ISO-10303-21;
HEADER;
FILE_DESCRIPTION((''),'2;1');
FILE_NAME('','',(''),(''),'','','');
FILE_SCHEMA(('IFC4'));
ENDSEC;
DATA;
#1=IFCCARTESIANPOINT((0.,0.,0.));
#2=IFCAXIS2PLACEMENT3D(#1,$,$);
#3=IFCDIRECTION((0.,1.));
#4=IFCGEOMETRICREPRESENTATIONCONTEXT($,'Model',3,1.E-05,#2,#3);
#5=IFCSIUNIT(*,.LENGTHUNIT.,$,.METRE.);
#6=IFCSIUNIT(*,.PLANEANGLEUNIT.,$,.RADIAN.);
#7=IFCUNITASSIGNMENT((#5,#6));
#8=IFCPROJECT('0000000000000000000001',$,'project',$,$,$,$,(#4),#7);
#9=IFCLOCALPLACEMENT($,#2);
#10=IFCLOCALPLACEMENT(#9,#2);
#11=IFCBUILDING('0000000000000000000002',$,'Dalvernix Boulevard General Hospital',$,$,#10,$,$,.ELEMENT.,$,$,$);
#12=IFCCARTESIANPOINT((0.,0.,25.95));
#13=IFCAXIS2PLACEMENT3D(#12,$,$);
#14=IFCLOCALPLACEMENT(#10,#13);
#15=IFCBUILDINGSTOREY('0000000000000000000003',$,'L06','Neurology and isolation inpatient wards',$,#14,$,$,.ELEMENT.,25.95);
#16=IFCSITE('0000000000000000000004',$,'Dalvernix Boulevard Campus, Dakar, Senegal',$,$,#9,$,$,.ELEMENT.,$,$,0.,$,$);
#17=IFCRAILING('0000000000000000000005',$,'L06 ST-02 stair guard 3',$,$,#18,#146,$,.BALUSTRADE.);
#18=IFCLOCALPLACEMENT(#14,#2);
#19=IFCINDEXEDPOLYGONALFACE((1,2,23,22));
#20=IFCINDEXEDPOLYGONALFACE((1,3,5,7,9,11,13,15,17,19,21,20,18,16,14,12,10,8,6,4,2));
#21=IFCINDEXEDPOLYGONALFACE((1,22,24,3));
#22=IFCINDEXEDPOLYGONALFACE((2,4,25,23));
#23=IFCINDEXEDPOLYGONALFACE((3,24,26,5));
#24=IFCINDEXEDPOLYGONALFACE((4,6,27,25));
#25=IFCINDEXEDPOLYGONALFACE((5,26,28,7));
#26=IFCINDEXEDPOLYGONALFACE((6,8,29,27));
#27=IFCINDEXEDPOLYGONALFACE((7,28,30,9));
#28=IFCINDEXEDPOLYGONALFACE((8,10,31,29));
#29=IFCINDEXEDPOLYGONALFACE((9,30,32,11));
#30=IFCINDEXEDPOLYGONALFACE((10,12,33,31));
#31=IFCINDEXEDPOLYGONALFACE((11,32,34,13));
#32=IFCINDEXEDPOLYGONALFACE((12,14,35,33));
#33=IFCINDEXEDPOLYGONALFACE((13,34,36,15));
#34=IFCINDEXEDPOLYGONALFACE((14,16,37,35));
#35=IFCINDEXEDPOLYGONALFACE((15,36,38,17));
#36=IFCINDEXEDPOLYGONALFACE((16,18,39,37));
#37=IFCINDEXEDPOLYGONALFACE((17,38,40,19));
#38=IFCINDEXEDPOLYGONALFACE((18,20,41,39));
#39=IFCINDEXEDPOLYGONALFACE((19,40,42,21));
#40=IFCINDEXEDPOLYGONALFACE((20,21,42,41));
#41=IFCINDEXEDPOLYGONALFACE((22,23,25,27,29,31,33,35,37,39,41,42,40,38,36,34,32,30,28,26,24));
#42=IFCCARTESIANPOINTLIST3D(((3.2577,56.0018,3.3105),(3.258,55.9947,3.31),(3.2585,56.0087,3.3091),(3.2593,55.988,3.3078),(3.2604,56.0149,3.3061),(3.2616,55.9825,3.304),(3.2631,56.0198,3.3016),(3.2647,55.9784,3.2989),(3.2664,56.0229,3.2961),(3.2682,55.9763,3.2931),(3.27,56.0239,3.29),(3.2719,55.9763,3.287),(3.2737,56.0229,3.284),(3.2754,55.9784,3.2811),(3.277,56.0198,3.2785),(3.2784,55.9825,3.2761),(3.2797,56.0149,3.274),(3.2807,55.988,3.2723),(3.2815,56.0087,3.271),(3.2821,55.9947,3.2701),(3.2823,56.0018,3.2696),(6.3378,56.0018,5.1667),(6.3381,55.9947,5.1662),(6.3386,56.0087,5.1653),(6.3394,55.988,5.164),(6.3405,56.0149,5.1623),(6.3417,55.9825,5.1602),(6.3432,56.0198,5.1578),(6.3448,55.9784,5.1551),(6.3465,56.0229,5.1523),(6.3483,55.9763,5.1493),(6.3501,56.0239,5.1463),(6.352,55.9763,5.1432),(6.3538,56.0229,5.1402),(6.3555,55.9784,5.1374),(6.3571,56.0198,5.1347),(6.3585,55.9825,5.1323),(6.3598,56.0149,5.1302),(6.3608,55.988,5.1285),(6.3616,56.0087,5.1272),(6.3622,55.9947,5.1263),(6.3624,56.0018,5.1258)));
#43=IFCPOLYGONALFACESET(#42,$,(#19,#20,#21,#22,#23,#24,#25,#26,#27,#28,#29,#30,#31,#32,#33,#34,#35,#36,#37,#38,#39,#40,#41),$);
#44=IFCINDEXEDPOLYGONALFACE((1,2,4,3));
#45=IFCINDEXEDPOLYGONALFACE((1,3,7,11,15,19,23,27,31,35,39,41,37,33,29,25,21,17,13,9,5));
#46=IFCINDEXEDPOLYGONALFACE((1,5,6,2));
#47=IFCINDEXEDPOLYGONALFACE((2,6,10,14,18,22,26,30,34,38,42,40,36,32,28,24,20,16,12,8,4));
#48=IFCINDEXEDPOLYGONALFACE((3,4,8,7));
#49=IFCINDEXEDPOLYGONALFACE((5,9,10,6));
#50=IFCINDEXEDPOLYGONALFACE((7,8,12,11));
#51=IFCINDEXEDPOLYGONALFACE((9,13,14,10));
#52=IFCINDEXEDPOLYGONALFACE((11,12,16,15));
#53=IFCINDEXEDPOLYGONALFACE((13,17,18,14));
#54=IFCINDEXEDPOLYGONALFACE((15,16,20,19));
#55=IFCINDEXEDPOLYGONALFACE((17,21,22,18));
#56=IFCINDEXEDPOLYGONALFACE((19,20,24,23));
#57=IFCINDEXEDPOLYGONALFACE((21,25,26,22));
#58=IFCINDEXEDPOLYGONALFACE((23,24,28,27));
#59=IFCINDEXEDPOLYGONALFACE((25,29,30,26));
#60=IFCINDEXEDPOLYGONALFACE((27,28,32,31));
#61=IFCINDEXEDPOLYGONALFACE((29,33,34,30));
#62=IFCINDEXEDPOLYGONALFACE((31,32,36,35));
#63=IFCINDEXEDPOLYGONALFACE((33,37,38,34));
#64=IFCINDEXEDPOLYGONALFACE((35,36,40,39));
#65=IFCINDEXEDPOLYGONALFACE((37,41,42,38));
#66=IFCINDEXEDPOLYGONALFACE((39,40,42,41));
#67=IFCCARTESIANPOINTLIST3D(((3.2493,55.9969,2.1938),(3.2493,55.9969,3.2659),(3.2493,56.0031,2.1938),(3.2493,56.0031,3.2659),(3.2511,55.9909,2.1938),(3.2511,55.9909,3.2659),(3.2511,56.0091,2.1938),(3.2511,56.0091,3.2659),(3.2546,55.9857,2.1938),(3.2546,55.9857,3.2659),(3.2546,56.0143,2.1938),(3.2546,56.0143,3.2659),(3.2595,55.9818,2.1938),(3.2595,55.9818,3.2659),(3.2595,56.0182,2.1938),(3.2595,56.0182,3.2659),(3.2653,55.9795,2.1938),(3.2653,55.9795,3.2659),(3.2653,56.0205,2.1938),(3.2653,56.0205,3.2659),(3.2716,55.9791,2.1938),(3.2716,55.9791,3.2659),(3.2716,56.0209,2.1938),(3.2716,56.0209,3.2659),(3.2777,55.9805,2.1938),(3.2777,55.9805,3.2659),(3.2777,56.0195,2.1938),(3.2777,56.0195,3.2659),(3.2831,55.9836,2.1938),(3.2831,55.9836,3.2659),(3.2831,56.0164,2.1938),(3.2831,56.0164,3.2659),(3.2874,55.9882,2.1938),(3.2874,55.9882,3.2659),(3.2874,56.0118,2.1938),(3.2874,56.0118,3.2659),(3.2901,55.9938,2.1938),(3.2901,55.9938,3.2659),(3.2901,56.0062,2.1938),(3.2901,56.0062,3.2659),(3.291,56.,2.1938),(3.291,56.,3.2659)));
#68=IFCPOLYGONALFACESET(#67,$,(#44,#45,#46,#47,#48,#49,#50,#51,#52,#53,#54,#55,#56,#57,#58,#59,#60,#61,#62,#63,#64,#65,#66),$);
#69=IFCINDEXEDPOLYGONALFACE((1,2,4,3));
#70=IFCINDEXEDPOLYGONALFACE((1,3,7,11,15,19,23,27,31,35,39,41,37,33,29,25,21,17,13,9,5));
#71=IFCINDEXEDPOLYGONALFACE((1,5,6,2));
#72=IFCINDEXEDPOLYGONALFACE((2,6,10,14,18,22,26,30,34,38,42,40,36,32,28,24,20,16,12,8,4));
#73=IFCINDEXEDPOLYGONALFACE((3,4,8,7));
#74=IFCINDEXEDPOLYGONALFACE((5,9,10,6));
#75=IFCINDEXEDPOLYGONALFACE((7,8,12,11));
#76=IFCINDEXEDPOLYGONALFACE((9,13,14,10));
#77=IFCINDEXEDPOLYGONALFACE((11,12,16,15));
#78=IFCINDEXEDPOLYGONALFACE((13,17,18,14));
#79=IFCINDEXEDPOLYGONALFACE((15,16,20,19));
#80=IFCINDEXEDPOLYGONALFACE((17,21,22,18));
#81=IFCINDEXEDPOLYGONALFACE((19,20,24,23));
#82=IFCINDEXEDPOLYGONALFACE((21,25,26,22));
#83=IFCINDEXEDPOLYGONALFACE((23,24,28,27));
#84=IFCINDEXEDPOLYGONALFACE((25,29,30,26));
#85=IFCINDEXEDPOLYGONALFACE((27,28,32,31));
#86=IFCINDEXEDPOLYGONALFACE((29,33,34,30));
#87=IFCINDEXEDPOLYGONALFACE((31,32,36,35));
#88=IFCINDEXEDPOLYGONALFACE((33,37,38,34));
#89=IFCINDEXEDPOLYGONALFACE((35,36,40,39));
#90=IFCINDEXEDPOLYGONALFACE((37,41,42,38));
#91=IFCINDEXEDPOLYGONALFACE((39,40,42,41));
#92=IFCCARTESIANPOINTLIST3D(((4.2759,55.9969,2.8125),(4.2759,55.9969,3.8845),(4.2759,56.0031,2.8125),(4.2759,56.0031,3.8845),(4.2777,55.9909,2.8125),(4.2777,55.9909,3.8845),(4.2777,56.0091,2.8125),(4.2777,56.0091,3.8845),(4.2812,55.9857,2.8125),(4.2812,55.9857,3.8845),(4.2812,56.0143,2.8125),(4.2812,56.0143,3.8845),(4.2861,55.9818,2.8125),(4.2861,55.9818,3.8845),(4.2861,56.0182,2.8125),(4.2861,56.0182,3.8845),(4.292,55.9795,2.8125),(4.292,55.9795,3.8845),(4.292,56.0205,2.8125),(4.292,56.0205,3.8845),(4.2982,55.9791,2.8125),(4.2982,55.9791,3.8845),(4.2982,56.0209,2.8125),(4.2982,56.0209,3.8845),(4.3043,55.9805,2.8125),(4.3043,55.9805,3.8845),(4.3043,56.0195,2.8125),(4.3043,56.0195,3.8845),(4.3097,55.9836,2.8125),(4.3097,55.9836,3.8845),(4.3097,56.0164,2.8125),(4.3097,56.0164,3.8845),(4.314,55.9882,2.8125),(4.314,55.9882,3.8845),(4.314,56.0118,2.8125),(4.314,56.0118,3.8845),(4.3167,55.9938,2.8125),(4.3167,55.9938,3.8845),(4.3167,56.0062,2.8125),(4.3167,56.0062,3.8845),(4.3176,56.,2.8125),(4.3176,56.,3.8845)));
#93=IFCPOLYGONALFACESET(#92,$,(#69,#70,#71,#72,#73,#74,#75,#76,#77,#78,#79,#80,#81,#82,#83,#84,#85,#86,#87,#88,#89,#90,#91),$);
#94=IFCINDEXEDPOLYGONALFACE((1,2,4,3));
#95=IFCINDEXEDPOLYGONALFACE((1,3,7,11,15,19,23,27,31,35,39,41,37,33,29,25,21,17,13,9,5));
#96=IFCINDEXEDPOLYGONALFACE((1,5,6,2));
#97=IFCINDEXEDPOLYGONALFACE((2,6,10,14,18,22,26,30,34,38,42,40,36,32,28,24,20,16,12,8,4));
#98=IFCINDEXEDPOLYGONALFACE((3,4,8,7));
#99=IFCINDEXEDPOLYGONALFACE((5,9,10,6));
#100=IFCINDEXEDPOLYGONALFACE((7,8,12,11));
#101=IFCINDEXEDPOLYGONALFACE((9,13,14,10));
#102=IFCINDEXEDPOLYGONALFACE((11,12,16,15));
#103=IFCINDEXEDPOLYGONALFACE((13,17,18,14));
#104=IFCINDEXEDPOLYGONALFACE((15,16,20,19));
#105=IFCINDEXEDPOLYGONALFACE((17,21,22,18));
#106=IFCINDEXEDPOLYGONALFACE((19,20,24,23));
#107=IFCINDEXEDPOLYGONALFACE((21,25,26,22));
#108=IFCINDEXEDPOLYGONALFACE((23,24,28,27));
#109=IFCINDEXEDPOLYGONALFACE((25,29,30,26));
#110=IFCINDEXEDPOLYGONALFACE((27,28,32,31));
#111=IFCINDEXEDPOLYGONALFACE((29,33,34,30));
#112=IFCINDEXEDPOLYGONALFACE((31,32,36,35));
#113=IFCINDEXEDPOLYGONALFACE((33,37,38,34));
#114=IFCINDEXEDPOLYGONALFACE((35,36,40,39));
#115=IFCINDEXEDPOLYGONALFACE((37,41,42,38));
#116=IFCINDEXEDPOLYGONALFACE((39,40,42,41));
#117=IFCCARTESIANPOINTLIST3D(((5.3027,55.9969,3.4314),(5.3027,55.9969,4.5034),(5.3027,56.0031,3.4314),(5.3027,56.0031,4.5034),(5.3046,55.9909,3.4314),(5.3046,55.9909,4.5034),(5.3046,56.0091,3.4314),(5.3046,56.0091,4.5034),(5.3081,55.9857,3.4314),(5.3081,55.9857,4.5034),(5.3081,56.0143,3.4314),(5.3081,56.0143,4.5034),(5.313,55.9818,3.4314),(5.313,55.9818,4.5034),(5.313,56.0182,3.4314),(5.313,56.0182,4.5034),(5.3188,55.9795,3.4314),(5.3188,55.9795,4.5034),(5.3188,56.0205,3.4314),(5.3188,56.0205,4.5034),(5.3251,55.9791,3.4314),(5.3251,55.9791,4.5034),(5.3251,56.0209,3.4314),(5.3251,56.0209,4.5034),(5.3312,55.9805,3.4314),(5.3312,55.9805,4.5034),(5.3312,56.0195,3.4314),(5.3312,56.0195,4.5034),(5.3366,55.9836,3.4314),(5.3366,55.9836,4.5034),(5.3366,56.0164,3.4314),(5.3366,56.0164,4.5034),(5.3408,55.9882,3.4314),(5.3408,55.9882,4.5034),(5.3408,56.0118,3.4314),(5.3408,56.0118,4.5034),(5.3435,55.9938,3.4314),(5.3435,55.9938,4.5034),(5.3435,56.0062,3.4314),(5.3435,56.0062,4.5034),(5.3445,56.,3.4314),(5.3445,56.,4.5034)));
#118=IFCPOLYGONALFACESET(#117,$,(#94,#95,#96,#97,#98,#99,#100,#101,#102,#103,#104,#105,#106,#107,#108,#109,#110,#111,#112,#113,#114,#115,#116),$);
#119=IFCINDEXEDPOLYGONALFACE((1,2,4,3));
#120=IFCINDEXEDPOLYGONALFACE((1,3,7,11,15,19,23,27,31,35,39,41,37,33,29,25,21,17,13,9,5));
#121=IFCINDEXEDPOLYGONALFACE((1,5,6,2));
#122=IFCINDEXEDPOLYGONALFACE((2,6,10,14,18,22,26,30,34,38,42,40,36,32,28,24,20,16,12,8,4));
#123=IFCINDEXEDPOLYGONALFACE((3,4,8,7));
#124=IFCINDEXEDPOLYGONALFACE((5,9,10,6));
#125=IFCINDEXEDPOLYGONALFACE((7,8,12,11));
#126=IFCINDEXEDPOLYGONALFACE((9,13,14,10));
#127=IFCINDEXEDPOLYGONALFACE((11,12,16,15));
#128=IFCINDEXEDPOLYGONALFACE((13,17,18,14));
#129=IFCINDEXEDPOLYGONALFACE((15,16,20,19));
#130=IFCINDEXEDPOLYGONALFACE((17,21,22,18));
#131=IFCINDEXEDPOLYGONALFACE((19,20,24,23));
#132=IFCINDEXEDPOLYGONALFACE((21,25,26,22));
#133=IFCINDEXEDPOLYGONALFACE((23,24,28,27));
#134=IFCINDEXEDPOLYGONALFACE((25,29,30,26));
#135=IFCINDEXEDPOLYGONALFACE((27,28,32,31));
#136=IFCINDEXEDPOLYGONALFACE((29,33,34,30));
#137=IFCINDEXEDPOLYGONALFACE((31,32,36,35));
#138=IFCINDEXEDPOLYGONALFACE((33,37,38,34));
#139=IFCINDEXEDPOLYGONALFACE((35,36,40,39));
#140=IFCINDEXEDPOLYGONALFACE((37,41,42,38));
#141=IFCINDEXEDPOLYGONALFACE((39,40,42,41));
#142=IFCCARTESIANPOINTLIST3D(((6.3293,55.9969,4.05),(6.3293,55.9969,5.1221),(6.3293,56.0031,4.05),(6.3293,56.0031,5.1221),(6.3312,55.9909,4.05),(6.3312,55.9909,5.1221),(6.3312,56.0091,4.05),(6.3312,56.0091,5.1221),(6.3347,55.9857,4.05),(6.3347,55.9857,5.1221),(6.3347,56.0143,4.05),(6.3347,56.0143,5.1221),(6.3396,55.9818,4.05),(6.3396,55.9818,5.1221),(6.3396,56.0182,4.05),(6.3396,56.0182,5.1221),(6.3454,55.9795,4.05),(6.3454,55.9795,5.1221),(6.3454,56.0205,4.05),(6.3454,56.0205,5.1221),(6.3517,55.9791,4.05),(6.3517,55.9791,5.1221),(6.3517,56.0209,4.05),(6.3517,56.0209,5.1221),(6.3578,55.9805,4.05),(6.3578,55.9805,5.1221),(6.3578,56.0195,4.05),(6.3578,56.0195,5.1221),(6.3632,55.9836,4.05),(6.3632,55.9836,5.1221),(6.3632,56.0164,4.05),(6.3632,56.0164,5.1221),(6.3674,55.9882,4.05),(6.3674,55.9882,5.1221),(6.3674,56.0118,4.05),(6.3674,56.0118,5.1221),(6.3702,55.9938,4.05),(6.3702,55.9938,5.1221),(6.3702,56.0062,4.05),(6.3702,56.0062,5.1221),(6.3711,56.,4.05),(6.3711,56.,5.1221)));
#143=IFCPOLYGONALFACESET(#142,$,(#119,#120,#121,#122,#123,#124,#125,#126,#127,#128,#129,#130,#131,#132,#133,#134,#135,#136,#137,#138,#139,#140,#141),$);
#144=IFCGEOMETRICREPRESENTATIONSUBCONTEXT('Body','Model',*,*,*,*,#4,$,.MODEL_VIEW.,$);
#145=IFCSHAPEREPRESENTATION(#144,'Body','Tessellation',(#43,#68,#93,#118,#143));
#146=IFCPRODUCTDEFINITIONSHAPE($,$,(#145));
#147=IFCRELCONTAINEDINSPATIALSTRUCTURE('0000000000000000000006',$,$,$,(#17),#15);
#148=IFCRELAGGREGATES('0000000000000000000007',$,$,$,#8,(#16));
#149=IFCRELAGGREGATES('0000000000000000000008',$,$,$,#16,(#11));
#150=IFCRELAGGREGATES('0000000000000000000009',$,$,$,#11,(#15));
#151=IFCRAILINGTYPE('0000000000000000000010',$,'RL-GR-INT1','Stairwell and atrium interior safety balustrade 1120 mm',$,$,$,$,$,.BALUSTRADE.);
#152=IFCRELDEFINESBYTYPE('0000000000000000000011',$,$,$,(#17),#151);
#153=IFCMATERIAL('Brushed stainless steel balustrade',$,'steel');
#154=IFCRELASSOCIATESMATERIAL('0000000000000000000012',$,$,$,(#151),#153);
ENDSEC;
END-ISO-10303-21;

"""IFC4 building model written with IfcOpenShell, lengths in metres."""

from ifc_helpers import new_model, si_unit, direction, frame, origin, origin_2d, place, context, subcontext, project, spatial, circle, extrude, material, type_object, element, save


model = new_model("IFC4")

# Units and contexts
model_context = context("Model", 3, precision=1e-05, world=origin(), true_north=direction((0.0, 1.0)))
body_context = subcontext(model_context, "Body", "Model", "MODEL_VIEW")
ifc_project = project(units=[si_unit("LENGTHUNIT", "METRE"), si_unit("PLANEANGLEUNIT", "RADIAN")], contexts=[model_context])

# Site, building, storey
site_placement = place(None, origin())
site = spatial("IfcSite", under=ifc_project, at=site_placement, Name="Dalvernix Boulevard Campus, Dakar, Senegal", CompositionType="ELEMENT", RefElevation=0.0)
building_placement = place(site_placement, origin())
building = spatial("IfcBuilding", under=site, at=building_placement, Name="Dalvernix Boulevard General Hospital", CompositionType="ELEMENT")
storey_placement = place(building_placement, frame((0.0, 0.0, 25.95)))
storey = spatial("IfcBuildingStorey", under=building, at=storey_placement, Name="L06", Description="Neurology and isolation inpatient wards", CompositionType="ELEMENT", Elevation=25.95)

# Railing
ifc_material_1 = material(Name="Brushed stainless steel balustrade", Category="steel")
railing_type_1 = type_object("IfcRailingType", Name="RL-GR-INT1", Description="Stairwell and atrium interior safety balustrade 1120 mm", PredefinedType="BALUSTRADE", material=ifc_material_1)
railing_1_placement = place(storey_placement, frame((3.27, 56.0, 2.1938)))
element("IfcRailing", 1, at=railing_1_placement, inside=storey, type_object=railing_type_1, Name="L06 ST-02 stair guard 3", PredefinedType="BALUSTRADE", context=body_context, shape_type="SweptSolid", body=[
    extrude(circle(Radius=0.0239, at=origin_2d()), frame((0.0, 0.0, 1.0962), z_axis=(0.856491, 0.0, 0.516162), x_axis=(0.0, 1.0, 0.0)), (0.0, 0.0, 1.0), 3.5962),
    extrude(circle(Radius=0.021, at=origin_2d()), origin(), (0.0, 0.0, 1.0), 1.072),
    extrude(circle(Radius=0.021, at=origin_2d()), frame((1.0266, 0.0, 0.6187)), (0.0, 0.0, 1.0), 1.072),
    extrude(circle(Radius=0.021, at=origin_2d()), frame((2.0535, 0.0, 1.2375)), (0.0, 0.0, 1.0), 1.072),
    extrude(circle(Radius=0.021, at=origin_2d()), frame((3.0801, 0.0, 1.8562)), (0.0, 0.0, 1.0), 1.072),
])

save(model, "model.ifc")
